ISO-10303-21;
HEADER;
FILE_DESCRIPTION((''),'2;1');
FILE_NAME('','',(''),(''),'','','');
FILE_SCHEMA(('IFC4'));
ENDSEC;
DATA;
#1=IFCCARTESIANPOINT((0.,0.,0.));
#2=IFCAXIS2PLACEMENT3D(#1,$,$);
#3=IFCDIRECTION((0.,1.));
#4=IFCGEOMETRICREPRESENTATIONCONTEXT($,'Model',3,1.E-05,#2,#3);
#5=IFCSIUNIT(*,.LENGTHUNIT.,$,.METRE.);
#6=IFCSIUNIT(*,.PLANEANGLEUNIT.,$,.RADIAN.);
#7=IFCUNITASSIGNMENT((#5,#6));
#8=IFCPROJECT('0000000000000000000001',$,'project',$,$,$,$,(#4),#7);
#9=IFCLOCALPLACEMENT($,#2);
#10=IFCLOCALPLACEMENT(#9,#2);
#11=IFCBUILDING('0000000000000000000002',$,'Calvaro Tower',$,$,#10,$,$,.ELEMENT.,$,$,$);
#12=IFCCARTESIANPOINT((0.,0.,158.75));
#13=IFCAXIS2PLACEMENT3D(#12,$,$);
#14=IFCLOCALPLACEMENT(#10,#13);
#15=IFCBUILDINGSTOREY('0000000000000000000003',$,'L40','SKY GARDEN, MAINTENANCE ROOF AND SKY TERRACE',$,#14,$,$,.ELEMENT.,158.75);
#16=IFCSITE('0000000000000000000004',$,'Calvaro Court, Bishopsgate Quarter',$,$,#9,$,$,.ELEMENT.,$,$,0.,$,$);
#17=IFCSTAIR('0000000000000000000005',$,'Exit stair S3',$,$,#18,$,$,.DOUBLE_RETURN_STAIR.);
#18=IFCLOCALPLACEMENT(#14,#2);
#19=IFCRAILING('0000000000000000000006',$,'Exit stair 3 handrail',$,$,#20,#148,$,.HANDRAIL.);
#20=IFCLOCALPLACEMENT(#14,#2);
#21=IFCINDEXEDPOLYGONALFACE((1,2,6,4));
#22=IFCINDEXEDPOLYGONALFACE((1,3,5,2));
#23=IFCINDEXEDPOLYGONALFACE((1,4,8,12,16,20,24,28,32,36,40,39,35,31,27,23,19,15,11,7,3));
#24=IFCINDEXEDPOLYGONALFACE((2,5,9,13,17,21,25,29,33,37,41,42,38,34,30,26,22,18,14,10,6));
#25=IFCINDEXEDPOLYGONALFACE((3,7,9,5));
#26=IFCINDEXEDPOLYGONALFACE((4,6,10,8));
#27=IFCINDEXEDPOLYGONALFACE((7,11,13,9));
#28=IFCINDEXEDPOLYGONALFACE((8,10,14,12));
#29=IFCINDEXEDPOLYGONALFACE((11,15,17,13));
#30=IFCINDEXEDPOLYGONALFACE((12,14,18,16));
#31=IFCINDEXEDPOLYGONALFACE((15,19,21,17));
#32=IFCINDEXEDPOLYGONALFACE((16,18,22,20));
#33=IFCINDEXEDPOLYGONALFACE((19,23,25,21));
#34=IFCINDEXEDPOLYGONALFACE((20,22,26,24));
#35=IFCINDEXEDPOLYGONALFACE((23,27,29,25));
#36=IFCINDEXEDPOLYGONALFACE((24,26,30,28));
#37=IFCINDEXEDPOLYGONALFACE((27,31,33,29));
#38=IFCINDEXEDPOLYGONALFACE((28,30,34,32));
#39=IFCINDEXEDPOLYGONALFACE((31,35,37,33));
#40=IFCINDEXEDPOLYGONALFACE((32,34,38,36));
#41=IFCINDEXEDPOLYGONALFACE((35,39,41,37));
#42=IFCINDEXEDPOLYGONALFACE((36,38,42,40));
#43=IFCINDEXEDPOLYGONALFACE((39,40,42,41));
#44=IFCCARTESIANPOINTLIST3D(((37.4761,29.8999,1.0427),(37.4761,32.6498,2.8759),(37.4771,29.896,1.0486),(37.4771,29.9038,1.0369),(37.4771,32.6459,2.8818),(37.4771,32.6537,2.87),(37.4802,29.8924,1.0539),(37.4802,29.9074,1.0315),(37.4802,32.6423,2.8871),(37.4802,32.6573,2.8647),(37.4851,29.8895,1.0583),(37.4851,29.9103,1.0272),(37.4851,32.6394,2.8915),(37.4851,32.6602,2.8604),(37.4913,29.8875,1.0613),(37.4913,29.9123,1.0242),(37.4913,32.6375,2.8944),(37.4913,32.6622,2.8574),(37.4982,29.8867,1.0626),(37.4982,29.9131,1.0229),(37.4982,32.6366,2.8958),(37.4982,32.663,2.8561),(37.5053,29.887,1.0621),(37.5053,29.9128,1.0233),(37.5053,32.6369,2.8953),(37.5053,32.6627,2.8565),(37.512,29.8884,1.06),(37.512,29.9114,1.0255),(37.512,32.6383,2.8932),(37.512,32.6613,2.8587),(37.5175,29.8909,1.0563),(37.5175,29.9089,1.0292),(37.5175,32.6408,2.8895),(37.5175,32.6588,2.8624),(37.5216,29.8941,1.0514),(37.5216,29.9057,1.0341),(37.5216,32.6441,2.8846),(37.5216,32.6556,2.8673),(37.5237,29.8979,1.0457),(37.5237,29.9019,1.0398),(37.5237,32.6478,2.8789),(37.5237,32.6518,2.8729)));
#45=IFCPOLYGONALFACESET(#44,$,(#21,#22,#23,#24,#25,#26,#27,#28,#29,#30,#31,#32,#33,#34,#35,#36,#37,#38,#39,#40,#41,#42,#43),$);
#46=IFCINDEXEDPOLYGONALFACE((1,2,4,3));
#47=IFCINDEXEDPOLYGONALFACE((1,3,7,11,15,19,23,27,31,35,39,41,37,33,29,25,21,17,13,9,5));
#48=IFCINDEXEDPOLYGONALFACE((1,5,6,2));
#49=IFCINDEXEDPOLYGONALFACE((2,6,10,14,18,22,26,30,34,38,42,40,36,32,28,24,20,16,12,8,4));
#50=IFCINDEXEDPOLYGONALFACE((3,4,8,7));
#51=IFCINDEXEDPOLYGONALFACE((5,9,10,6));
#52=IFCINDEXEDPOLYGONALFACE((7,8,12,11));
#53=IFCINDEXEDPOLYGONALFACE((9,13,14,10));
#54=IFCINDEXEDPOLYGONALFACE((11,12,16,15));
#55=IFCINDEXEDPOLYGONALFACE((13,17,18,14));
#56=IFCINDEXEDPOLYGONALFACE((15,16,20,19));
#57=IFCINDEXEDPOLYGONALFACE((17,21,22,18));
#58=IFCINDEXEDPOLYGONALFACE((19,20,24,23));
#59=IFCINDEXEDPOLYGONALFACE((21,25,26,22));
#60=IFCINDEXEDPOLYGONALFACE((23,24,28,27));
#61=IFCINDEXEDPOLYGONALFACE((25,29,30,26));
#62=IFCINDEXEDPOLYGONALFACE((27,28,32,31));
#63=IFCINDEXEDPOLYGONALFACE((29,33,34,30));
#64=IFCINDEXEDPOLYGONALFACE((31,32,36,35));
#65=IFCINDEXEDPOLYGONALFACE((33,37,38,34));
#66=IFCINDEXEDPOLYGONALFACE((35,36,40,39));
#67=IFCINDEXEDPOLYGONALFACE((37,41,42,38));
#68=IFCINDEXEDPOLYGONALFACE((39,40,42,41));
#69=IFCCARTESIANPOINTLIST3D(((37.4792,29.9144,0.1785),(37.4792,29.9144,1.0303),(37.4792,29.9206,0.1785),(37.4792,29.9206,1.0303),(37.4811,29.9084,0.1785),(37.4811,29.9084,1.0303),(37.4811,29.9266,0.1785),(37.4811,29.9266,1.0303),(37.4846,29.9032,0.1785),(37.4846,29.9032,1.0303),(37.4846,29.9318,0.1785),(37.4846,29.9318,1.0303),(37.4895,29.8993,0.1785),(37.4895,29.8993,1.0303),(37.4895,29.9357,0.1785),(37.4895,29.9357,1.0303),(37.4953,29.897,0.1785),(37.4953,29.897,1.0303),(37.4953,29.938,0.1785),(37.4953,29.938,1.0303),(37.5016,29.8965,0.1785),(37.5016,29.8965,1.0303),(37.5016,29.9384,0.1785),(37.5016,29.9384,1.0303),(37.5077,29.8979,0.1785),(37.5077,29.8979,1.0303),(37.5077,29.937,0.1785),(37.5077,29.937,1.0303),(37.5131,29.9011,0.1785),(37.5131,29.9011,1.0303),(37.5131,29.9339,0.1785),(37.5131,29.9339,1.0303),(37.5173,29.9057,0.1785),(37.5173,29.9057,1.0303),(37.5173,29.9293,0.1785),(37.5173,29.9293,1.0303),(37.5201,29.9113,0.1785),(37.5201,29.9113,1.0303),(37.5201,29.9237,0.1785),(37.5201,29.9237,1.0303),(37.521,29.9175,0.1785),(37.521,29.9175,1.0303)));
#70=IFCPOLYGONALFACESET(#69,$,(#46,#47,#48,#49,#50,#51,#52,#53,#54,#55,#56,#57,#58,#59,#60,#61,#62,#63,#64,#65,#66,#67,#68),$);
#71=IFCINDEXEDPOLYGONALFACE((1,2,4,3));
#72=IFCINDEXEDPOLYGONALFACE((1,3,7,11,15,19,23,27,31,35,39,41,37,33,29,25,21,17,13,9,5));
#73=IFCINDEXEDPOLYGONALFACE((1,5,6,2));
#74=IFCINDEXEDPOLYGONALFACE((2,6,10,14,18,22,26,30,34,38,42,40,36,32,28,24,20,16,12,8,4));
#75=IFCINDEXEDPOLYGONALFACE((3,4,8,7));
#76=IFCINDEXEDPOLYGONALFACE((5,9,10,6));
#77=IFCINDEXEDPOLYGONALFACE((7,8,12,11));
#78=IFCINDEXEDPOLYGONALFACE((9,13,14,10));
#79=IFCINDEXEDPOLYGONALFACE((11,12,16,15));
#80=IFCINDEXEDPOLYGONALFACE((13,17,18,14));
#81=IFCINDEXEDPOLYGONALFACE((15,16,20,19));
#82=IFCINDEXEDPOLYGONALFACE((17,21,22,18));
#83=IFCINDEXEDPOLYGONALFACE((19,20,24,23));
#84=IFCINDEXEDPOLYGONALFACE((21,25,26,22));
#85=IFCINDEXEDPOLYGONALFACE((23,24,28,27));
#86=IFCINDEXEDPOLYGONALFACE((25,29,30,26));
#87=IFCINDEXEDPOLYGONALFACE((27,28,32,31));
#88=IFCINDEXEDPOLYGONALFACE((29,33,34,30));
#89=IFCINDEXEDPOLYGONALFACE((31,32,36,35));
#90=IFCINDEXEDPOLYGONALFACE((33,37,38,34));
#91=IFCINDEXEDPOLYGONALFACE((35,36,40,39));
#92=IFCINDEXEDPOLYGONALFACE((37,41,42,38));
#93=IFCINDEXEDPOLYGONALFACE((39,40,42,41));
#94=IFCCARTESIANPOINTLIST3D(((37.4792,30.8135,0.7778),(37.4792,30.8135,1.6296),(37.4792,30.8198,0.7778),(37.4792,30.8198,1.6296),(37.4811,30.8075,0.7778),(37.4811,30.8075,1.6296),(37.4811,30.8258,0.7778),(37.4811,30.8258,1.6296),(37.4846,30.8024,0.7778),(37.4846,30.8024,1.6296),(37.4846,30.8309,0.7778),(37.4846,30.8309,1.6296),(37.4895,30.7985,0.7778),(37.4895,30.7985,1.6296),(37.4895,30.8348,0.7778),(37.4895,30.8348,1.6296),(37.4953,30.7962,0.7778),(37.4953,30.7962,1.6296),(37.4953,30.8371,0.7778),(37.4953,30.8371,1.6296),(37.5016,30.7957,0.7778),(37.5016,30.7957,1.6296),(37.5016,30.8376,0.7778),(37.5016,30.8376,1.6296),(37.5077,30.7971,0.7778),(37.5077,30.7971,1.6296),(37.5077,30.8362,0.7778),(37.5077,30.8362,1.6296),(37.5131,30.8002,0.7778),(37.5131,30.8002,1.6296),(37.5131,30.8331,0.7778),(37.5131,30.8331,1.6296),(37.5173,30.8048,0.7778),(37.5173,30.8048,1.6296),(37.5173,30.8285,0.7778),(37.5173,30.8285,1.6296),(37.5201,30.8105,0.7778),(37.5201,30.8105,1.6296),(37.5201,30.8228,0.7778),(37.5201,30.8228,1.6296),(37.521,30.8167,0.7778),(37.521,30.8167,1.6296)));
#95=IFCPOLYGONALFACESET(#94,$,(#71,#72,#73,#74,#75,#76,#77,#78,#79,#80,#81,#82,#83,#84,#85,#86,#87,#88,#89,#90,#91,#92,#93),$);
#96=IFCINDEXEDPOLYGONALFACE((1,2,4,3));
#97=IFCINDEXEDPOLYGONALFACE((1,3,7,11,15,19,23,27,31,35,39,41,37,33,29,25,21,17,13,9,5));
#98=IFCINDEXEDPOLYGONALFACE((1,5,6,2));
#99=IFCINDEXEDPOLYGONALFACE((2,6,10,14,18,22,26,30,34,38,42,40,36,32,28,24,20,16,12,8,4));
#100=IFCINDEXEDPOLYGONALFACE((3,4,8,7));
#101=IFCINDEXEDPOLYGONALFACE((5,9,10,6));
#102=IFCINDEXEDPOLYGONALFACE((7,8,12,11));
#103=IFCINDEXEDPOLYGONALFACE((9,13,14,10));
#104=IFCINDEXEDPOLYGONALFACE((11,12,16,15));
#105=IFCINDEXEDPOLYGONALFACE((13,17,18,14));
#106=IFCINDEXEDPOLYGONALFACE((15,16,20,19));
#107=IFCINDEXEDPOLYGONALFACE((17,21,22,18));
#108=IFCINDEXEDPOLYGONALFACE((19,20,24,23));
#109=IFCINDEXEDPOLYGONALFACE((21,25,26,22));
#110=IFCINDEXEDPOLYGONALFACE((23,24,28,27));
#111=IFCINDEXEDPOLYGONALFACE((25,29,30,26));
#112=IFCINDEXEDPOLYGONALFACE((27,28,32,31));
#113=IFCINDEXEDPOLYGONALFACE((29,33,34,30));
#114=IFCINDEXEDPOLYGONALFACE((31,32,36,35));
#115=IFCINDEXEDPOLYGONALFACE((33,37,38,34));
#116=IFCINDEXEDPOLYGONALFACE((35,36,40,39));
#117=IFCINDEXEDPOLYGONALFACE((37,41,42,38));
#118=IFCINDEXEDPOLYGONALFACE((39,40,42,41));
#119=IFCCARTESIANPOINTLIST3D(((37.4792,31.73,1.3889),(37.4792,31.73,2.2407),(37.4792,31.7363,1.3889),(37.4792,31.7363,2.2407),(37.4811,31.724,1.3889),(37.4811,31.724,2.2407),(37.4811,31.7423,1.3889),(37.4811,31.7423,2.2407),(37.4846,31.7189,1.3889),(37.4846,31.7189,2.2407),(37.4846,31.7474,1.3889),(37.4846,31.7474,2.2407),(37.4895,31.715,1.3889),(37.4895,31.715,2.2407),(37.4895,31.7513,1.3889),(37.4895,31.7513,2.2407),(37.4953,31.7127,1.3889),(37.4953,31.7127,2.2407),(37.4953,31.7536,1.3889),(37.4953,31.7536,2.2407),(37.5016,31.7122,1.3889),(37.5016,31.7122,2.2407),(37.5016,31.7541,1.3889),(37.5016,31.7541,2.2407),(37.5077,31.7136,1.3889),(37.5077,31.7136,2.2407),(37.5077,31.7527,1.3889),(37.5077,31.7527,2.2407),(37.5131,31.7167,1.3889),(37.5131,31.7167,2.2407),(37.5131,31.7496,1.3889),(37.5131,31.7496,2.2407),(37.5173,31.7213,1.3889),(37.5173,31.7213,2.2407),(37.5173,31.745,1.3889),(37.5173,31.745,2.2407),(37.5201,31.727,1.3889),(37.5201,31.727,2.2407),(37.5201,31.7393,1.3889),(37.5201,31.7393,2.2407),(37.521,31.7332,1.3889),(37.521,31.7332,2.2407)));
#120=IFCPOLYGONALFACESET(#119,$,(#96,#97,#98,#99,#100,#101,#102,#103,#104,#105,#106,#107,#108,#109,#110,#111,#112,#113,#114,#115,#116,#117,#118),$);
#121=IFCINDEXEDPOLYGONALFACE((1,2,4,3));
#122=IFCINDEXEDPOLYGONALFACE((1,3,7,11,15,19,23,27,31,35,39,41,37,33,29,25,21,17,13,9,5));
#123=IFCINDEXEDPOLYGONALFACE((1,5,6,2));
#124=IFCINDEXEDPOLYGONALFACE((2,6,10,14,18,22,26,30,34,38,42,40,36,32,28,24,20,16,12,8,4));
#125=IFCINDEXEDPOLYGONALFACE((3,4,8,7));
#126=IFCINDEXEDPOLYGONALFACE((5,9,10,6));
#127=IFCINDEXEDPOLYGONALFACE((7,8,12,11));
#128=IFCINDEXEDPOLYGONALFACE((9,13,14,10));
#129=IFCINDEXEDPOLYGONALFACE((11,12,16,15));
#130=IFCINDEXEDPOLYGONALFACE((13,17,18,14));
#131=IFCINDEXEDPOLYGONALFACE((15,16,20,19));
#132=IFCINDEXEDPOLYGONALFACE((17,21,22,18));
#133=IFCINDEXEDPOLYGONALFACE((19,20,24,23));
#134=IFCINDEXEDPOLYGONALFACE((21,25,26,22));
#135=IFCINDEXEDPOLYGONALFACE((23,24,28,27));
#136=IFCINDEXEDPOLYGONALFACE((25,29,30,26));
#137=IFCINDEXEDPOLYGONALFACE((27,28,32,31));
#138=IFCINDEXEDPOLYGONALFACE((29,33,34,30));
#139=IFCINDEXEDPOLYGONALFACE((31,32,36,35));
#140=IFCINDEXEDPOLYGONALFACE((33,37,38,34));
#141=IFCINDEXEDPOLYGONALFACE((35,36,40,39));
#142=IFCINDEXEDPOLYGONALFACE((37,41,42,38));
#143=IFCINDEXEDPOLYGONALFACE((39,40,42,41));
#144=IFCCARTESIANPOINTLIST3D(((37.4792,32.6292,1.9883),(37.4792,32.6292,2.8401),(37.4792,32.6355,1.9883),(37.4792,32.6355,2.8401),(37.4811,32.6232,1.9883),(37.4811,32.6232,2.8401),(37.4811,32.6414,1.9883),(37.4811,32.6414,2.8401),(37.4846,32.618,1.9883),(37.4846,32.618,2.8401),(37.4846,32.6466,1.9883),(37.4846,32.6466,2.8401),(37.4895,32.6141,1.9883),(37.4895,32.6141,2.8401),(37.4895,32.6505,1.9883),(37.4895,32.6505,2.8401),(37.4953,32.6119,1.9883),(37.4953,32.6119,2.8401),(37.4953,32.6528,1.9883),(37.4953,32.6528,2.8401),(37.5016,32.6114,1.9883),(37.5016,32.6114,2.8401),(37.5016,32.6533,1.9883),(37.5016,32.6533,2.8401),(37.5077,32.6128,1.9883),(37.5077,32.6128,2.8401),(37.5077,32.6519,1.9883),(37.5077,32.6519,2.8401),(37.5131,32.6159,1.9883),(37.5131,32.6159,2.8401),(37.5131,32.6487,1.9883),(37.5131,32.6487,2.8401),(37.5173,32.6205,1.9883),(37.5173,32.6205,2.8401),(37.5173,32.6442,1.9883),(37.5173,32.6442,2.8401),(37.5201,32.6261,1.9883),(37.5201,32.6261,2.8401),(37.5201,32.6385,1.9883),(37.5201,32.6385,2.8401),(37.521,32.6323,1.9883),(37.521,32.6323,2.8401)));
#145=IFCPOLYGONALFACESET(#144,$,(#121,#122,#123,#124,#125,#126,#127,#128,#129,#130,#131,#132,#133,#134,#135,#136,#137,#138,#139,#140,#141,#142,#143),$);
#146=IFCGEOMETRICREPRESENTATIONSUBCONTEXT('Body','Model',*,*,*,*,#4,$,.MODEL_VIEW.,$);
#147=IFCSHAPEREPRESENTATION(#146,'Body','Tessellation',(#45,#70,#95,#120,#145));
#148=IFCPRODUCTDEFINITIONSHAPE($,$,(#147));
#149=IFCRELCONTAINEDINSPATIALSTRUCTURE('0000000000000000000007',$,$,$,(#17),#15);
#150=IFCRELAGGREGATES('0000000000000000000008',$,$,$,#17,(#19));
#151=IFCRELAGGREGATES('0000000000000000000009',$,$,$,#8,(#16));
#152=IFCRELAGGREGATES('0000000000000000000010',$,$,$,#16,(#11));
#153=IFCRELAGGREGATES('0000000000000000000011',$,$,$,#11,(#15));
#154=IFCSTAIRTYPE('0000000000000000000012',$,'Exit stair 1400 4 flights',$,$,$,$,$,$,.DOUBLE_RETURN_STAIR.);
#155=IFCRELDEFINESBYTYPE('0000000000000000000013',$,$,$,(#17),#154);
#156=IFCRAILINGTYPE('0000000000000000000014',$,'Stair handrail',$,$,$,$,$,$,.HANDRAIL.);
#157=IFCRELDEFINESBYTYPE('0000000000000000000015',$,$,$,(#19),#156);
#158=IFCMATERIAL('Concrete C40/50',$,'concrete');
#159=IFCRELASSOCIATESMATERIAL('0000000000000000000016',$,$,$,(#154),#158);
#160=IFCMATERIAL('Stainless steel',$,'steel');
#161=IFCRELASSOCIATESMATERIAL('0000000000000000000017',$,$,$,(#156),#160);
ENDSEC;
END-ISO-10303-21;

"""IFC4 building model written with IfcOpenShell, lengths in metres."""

from ifc_helpers import new_model, si_unit, direction, frame, origin, origin_2d, place, context, subcontext, project, spatial, circle, extrude, material, type_object, element, aggregate, save


model = new_model("IFC4")

# Units and contexts
model_context = context("Model", 3, precision=1e-05, world=origin(), true_north=direction((0.0, 1.0)))
body_context = subcontext(model_context, "Body", "Model", "MODEL_VIEW")
ifc_project = project(units=[si_unit("LENGTHUNIT", "METRE"), si_unit("PLANEANGLEUNIT", "RADIAN")], contexts=[model_context])

# Site, building, storey
site_placement = place(None, origin())
site = spatial("IfcSite", under=ifc_project, at=site_placement, Name="Calvaro Court, Bishopsgate Quarter", CompositionType="ELEMENT", RefElevation=0.0)
building_placement = place(site_placement, origin())
building = spatial("IfcBuilding", under=site, at=building_placement, Name="Calvaro Tower", CompositionType="ELEMENT")
storey_placement = place(building_placement, frame((0.0, 0.0, 158.75)))
storey = spatial("IfcBuildingStorey", under=building, at=storey_placement, Name="L40", Description="SKY GARDEN, MAINTENANCE ROOF AND SKY TERRACE", CompositionType="ELEMENT", Elevation=158.75)

# Stair, railing
ifc_material_1 = material(Name="Concrete C40/50", Category="concrete")
stair_type = type_object("IfcStairType", Name="Exit stair 1400 4 flights", PredefinedType="DOUBLE_RETURN_STAIR", material=ifc_material_1)
stair_placement = place(storey_placement, origin())
stair = element("IfcStair", 1, at=stair_placement, inside=storey, type_object=stair_type, Name="Exit stair S3", PredefinedType="DOUBLE_RETURN_STAIR")
ifc_material_2 = material(Name="Stainless steel", Category="steel")
railing_type = type_object("IfcRailingType", Name="Stair handrail", PredefinedType="HANDRAIL", material=ifc_material_2)
railing_1_placement = place(storey_placement, frame((37.5, 29.8999, 0.1667)))
railing_1 = element("IfcRailing", 2, at=railing_1_placement, type_object=railing_type, Name="Exit stair 3 handrail", PredefinedType="HANDRAIL", context=body_context, shape_type="SweptSolid", body=[
    extrude(circle(Radius=0.0239, at=origin_2d()), frame((0.0, 0.0, 0.876), z_axis=(0.0, 0.832062, 0.554683), x_axis=(-1.0, 0.0, 0.0)), (0.0, 0.0, 1.0), 3.3049),
    extrude(circle(Radius=0.021, at=origin_2d()), frame((0.0, 0.0176, 0.0117)), (0.0, 0.0, 1.0), 0.8518),
    extrude(circle(Radius=0.021, at=origin_2d()), frame((0.0, 0.9167, 0.6111)), (0.0, 0.0, 1.0), 0.8518),
    extrude(circle(Radius=0.021, at=origin_2d()), frame((0.0, 1.8333, 1.2222)), (0.0, 0.0, 1.0), 0.8518),
    extrude(circle(Radius=0.021, at=origin_2d()), frame((0.0, 2.7324, 1.8215)), (0.0, 0.0, 1.0), 0.8518),
])
aggregate(stair, [railing_1])

save(model, "model.ifc")
